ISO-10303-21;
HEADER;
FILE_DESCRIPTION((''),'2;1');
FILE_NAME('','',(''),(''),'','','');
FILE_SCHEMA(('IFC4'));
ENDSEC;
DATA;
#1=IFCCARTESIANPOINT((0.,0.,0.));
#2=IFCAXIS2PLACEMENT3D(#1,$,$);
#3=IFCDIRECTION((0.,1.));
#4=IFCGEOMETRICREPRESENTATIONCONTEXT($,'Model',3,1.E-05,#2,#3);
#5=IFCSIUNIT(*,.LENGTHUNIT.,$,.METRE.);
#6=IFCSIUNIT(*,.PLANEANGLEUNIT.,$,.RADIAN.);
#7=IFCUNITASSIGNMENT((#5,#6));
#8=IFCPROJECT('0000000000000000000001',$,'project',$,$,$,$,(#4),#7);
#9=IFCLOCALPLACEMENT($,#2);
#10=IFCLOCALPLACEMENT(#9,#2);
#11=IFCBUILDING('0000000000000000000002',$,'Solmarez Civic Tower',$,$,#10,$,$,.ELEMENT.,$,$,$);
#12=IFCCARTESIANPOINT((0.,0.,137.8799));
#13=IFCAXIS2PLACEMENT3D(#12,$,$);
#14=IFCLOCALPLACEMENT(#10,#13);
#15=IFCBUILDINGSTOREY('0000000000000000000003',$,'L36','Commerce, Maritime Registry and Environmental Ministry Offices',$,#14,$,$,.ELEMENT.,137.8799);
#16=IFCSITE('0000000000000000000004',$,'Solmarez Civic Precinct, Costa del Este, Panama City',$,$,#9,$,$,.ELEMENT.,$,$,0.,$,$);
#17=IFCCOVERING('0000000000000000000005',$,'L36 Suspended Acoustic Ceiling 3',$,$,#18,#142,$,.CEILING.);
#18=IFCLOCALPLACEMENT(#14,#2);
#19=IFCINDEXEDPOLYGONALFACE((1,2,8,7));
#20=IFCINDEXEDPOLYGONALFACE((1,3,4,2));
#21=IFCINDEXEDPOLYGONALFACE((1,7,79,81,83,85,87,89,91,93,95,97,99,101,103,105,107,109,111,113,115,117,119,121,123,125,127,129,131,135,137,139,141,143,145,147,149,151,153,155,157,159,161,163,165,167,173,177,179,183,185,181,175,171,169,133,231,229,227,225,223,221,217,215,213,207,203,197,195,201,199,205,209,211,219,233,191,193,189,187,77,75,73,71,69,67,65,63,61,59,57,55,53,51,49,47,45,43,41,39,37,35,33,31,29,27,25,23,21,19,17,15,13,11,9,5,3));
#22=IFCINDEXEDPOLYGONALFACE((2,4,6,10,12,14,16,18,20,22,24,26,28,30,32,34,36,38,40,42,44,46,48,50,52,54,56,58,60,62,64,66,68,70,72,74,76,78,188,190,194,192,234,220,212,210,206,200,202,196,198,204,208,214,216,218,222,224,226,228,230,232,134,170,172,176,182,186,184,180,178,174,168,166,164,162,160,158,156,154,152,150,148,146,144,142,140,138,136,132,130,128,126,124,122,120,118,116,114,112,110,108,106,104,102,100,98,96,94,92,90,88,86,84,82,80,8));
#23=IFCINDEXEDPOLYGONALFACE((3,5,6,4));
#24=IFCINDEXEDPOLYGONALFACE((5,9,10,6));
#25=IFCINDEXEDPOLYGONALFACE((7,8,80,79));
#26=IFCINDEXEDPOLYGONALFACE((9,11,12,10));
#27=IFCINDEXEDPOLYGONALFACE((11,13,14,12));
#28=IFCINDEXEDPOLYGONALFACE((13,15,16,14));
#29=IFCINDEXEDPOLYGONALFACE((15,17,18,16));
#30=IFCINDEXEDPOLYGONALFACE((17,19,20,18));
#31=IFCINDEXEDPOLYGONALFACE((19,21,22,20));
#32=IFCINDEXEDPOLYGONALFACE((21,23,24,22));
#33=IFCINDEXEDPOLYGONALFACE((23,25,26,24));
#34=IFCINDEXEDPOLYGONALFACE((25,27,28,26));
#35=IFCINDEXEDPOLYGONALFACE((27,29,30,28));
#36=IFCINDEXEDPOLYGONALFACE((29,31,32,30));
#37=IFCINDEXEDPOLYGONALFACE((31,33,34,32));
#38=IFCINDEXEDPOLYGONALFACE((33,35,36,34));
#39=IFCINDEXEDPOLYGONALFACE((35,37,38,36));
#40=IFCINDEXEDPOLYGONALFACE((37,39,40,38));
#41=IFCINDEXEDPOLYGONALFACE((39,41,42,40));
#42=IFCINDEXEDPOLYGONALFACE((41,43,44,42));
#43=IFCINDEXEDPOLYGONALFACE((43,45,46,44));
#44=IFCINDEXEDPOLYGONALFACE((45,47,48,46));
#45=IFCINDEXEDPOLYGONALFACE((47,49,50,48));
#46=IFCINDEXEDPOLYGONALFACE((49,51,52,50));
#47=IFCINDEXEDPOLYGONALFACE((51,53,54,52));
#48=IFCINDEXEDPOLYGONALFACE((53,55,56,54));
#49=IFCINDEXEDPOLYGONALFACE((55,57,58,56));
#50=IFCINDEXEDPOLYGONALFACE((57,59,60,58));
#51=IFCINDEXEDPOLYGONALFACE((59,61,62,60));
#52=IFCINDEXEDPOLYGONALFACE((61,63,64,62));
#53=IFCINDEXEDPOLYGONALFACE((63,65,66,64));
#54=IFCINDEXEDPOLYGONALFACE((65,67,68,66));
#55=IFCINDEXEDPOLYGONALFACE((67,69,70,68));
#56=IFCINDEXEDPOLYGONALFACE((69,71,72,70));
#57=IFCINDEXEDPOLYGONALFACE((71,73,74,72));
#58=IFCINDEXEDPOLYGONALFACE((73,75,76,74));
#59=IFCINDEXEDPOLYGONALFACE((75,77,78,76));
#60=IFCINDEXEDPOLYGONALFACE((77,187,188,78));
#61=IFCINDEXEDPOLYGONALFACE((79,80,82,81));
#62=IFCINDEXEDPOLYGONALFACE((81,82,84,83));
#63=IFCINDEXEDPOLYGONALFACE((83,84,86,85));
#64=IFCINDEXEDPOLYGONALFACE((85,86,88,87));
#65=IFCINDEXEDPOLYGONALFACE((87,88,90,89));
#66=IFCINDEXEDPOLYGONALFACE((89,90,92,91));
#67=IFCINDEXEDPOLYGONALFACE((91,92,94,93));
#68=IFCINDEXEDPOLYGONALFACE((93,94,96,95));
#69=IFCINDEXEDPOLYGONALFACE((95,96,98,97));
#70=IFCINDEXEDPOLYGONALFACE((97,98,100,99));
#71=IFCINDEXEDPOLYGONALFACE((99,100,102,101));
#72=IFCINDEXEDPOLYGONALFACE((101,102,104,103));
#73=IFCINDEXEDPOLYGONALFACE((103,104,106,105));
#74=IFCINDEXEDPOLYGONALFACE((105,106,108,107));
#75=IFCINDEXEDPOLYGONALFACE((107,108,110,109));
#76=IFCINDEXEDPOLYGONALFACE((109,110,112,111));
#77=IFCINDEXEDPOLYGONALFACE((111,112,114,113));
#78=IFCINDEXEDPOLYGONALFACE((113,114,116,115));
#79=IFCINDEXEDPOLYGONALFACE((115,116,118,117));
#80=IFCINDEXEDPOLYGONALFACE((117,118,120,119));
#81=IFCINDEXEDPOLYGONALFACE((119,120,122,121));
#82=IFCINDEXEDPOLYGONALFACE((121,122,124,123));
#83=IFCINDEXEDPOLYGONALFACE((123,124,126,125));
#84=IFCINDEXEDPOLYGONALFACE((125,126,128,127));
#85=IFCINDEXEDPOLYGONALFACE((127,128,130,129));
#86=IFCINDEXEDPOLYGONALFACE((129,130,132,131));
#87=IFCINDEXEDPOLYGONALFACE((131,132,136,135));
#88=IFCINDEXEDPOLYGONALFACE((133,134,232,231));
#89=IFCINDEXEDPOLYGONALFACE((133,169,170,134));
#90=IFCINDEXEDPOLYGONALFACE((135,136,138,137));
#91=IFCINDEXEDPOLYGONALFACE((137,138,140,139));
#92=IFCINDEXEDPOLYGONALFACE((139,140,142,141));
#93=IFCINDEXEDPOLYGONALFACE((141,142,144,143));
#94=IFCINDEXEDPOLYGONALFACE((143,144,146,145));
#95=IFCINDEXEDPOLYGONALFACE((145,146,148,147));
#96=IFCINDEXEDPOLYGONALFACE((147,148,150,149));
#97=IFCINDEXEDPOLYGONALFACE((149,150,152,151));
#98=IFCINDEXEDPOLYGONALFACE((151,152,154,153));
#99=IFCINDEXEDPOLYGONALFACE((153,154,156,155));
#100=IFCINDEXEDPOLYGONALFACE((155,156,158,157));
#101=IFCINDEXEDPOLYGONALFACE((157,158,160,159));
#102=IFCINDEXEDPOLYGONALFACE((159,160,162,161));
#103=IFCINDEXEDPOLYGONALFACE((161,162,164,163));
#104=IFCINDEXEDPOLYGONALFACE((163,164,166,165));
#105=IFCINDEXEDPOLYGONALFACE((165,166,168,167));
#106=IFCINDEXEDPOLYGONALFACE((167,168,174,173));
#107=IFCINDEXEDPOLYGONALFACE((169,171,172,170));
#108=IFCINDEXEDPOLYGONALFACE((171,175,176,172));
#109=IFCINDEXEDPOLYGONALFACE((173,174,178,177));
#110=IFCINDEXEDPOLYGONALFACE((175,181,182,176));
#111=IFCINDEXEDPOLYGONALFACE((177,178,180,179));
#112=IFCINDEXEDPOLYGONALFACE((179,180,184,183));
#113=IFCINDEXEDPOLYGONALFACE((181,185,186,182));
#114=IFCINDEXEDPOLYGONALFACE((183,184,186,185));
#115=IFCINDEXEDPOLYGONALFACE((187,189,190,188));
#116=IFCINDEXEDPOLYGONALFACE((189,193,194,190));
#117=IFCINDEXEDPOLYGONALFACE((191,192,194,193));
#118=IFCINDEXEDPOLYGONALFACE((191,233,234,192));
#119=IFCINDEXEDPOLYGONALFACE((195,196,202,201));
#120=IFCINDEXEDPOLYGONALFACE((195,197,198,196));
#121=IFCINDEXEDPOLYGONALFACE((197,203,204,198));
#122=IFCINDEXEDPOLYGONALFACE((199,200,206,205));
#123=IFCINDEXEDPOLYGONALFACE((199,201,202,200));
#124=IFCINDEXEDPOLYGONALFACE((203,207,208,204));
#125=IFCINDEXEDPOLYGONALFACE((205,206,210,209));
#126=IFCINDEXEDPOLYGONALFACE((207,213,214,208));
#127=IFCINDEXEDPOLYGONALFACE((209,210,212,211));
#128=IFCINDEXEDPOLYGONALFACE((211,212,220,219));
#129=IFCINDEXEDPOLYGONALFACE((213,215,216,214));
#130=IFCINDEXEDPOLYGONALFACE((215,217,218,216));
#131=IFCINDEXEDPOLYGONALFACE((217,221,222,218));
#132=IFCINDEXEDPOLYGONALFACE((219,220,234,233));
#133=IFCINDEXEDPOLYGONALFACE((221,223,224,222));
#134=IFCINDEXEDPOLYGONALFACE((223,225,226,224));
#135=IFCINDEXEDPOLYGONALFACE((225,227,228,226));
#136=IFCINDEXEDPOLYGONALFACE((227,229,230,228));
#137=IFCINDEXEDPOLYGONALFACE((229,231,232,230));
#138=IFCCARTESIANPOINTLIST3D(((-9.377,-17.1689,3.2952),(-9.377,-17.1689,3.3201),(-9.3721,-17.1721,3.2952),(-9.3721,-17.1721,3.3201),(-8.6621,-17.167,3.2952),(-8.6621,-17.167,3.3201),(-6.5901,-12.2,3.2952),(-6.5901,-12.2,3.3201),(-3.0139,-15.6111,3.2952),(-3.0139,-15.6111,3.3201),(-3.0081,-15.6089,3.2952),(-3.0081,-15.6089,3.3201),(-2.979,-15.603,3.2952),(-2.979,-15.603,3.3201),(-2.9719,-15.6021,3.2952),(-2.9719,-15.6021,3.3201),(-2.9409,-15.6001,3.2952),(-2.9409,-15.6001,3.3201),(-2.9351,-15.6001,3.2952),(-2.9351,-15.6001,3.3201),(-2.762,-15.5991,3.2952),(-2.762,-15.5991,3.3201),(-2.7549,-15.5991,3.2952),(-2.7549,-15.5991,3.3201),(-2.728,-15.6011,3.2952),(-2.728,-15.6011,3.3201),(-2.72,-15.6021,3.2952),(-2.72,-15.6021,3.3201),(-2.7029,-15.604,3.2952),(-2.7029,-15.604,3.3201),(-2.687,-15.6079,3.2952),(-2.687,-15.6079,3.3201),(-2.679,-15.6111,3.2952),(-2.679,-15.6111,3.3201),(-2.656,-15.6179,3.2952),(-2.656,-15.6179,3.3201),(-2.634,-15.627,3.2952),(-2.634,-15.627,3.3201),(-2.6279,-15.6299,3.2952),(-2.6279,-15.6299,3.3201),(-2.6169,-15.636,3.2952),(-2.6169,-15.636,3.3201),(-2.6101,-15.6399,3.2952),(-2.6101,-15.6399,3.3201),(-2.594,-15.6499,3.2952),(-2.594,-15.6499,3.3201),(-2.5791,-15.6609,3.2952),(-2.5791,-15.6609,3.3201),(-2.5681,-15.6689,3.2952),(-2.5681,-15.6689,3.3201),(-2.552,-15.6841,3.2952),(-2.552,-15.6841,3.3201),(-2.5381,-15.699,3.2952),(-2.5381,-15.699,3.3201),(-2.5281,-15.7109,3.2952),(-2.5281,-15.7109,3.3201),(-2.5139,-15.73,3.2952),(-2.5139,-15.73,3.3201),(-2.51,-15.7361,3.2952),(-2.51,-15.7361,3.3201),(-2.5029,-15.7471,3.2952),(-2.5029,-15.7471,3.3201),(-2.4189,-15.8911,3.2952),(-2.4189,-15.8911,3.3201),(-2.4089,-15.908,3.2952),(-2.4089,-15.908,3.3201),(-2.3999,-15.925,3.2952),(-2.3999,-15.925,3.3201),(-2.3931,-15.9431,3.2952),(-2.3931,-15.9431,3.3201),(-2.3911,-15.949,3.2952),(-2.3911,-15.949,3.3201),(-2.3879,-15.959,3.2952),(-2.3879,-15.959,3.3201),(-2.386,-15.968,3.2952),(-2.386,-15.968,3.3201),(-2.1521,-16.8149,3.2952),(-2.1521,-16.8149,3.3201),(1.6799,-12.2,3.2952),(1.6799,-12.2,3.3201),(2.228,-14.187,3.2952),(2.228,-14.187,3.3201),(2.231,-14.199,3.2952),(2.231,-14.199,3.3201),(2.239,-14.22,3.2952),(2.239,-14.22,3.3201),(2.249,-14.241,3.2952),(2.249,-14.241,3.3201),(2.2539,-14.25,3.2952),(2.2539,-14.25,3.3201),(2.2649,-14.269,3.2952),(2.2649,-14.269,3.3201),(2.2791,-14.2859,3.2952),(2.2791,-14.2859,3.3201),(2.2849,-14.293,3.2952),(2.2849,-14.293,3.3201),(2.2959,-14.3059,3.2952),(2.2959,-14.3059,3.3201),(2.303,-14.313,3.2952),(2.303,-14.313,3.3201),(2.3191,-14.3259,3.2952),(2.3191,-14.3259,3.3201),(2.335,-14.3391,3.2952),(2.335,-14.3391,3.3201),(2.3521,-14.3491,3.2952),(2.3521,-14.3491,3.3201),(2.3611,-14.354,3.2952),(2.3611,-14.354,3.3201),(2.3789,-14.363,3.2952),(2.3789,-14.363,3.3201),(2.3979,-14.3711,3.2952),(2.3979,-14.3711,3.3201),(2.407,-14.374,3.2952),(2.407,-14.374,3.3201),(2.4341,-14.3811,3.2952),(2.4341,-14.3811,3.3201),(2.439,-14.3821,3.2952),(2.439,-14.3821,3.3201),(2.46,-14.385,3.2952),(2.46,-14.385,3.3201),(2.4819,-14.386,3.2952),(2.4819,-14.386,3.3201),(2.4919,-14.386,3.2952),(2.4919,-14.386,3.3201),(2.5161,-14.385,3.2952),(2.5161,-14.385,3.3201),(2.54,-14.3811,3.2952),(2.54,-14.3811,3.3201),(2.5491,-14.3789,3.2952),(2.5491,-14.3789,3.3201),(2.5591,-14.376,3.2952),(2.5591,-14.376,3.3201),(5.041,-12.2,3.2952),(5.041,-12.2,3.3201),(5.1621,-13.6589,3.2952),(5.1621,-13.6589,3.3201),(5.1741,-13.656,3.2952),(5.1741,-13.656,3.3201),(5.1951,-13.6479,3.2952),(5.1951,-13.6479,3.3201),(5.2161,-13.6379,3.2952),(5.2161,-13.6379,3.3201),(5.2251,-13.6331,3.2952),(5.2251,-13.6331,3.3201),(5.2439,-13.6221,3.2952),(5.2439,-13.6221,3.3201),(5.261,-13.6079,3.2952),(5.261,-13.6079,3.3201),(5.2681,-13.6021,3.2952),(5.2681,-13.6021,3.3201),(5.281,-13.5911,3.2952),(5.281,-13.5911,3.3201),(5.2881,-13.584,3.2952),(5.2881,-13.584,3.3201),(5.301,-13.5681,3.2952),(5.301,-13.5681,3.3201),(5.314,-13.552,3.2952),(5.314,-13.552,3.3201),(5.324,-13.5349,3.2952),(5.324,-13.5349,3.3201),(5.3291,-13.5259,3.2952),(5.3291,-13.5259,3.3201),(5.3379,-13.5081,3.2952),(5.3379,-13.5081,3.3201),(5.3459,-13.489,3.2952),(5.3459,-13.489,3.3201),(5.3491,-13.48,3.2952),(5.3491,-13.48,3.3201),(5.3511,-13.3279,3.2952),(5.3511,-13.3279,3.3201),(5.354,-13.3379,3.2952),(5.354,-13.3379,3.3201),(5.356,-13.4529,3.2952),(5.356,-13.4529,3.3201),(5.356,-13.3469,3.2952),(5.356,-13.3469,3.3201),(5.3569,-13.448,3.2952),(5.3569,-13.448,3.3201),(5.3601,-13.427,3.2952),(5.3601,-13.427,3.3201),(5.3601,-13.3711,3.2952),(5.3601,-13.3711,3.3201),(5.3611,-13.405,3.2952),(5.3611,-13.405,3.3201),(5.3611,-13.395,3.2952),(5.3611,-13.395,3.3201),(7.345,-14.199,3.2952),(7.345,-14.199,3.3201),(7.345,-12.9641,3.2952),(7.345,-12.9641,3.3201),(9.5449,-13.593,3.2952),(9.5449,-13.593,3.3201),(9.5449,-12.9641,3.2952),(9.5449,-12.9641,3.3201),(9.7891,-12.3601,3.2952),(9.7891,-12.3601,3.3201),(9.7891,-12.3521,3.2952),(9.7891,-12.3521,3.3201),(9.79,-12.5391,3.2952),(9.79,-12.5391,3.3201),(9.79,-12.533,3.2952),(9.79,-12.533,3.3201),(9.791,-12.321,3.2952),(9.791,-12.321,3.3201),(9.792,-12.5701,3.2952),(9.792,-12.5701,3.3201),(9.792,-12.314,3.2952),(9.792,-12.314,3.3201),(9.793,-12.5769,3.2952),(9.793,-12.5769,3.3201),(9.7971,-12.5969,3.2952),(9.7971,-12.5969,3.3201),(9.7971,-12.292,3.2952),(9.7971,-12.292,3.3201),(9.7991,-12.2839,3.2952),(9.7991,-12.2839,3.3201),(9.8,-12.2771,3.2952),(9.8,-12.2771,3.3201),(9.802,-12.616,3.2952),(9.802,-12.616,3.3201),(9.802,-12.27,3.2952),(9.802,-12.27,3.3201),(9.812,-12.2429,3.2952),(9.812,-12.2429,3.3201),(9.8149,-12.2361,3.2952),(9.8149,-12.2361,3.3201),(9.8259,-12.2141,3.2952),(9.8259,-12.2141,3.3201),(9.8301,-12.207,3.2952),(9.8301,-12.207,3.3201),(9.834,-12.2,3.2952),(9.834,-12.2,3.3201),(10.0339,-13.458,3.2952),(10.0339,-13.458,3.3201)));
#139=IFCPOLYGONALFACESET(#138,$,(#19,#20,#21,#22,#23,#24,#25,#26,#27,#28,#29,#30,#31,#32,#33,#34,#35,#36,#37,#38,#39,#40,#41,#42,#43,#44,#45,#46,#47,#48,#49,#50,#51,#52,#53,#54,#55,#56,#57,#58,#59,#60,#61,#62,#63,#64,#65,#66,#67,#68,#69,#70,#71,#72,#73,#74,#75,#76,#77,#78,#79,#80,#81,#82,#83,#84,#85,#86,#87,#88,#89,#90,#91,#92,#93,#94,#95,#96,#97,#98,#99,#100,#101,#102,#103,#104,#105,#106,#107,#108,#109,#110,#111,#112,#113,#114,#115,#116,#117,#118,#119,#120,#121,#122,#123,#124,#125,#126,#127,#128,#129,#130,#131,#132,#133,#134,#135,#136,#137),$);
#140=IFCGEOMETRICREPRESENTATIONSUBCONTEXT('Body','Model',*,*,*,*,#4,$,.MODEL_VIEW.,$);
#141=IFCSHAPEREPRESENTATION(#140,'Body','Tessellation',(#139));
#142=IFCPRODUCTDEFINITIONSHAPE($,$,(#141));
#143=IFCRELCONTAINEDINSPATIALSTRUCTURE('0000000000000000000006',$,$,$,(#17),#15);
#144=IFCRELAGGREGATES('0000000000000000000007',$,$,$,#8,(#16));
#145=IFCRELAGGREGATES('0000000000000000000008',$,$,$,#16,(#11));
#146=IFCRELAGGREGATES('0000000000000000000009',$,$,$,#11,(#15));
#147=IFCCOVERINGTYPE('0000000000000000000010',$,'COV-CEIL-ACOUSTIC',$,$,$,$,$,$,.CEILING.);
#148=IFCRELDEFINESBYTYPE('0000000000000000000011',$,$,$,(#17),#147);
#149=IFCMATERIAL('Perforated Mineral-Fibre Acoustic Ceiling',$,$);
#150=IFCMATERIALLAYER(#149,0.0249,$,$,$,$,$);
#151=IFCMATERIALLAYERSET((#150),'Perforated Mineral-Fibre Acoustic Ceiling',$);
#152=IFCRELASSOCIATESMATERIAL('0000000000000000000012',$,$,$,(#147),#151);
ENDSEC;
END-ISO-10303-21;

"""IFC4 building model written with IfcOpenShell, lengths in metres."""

from ifc_helpers import new_model, si_unit, direction, frame, origin, place, context, subcontext, project, spatial, polyline, outline, extrude, material, layer, layer_set, type_object, element, save


model = new_model("IFC4")

# Units and contexts
model_context = context("Model", 3, precision=1e-05, world=origin(), true_north=direction((0.0, 1.0)))
body_context = subcontext(model_context, "Body", "Model", "MODEL_VIEW")
ifc_project = project(units=[si_unit("LENGTHUNIT", "METRE"), si_unit("PLANEANGLEUNIT", "RADIAN")], contexts=[model_context])

# Site, building, storey
site_placement = place(None, origin())
site = spatial("IfcSite", under=ifc_project, at=site_placement, Name="Solmarez Civic Precinct, Costa del Este, Panama City", CompositionType="ELEMENT", RefElevation=0.0)
building_placement = place(site_placement, origin())
building = spatial("IfcBuilding", under=site, at=building_placement, Name="Solmarez Civic Tower", CompositionType="ELEMENT")
storey_placement = place(building_placement, frame((0.0, 0.0, 137.8799)))
storey = spatial("IfcBuildingStorey", under=building, at=storey_placement, Name="L36", Description="Commerce, Maritime Registry and Environmental Ministry Offices", CompositionType="ELEMENT", Elevation=137.8799)

# Covering
ifc_material_1 = material(Name="Perforated Mineral-Fibre Acoustic Ceiling")
ifc_layer_1 = layer(ifc_material_1, 0.0249)
ifc_layer_set_1 = layer_set([ifc_layer_1], Name="Perforated Mineral-Fibre Acoustic Ceiling")
covering_type_1 = type_object("IfcCoveringType", Name="COV-CEIL-ACOUSTIC", PredefinedType="CEILING", material=ifc_layer_set_1)
covering_1_placement = place(storey_placement, frame((0.0, 0.0, 3.2952)))
element("IfcCovering", 1, at=covering_1_placement, inside=storey, type_object=covering_type_1, Name="L36 Suspended Acoustic Ceiling 3", PredefinedType="CEILING", context=body_context, shape_type="SweptSolid", body=[
    extrude(outline(polyline([(-2.5791, -15.6609), (-2.5681, -15.6689), (-2.552, -15.6841), (-2.5381, -15.699), (-2.5281, -15.7109), (-2.5139, -15.73), (-2.51, -15.7361), (-2.5029, -15.7471), (-2.4189, -15.8911), (-2.4089, -15.908), (-2.3999, -15.925), (-2.3931, -15.9431), (-2.3911, -15.949), (-2.3879, -15.959), (-2.386, -15.968), (-2.1521, -16.8149), (7.345, -14.199), (7.345, -12.9641), (9.5449, -12.9641), (9.5449, -13.593), (10.0339, -13.458), (9.802, -12.616), (9.7971, -12.5969), (9.793, -12.5769), (9.792, -12.5701), (9.79, -12.5391), (9.79, -12.533), (9.7891, -12.3601), (9.7891, -12.3521), (9.791, -12.321), (9.792, -12.314), (9.7971, -12.292), (9.7991, -12.2839), (9.8, -12.2771), (9.802, -12.27), (9.812, -12.2429), (9.8149, -12.2361), (9.8259, -12.2141), (9.8301, -12.207), (9.834, -12.2), (5.041, -12.2), (5.3511, -13.3279), (5.354, -13.3379), (5.356, -13.3469), (5.3601, -13.3711), (5.3611, -13.395), (5.3611, -13.405), (5.3601, -13.427), (5.3569, -13.448), (5.356, -13.4529), (5.3491, -13.48), (5.3459, -13.489), (5.3379, -13.5081), (5.3291, -13.5259), (5.324, -13.5349), (5.314, -13.552), (5.301, -13.5681), (5.2881, -13.584), (5.281, -13.5911), (5.2681, -13.6021), (5.261, -13.6079), (5.2439, -13.6221), (5.2251, -13.6331), (5.2161, -13.6379), (5.1951, -13.6479), (5.1741, -13.656), (5.1621, -13.6589), (2.5591, -14.376), (2.5491, -14.3789), (2.54, -14.3811), (2.5161, -14.385), (2.4919, -14.386), (2.4819, -14.386), (2.46, -14.385), (2.439, -14.3821), (2.4341, -14.3811), (2.407, -14.374), (2.3979, -14.3711), (2.3789, -14.363), (2.3611, -14.354), (2.3521, -14.3491), (2.335, -14.3391), (2.3191, -14.3259), (2.303, -14.313), (2.2959, -14.3059), (2.2849, -14.293), (2.2791, -14.2859), (2.2649, -14.269), (2.2539, -14.25), (2.249, -14.241), (2.239, -14.22), (2.231, -14.199), (2.228, -14.187), (1.6799, -12.2), (-6.5901, -12.2), (-9.377, -17.1689), (-9.3721, -17.1721), (-8.6621, -17.167), (-3.0139, -15.6111), (-3.0081, -15.6089), (-2.979, -15.603), (-2.9719, -15.6021), (-2.9409, -15.6001), (-2.9351, -15.6001), (-2.762, -15.5991), (-2.7549, -15.5991), (-2.728, -15.6011), (-2.72, -15.6021), (-2.7029, -15.604), (-2.687, -15.6079), (-2.679, -15.6111), (-2.656, -15.6179), (-2.634, -15.627), (-2.6279, -15.6299), (-2.6169, -15.636), (-2.6101, -15.6399), (-2.594, -15.6499), (-2.5791, -15.6609)])), origin(), (0.0, 0.0, 1.0), 0.0249),
])

save(model, "model.ifc")
